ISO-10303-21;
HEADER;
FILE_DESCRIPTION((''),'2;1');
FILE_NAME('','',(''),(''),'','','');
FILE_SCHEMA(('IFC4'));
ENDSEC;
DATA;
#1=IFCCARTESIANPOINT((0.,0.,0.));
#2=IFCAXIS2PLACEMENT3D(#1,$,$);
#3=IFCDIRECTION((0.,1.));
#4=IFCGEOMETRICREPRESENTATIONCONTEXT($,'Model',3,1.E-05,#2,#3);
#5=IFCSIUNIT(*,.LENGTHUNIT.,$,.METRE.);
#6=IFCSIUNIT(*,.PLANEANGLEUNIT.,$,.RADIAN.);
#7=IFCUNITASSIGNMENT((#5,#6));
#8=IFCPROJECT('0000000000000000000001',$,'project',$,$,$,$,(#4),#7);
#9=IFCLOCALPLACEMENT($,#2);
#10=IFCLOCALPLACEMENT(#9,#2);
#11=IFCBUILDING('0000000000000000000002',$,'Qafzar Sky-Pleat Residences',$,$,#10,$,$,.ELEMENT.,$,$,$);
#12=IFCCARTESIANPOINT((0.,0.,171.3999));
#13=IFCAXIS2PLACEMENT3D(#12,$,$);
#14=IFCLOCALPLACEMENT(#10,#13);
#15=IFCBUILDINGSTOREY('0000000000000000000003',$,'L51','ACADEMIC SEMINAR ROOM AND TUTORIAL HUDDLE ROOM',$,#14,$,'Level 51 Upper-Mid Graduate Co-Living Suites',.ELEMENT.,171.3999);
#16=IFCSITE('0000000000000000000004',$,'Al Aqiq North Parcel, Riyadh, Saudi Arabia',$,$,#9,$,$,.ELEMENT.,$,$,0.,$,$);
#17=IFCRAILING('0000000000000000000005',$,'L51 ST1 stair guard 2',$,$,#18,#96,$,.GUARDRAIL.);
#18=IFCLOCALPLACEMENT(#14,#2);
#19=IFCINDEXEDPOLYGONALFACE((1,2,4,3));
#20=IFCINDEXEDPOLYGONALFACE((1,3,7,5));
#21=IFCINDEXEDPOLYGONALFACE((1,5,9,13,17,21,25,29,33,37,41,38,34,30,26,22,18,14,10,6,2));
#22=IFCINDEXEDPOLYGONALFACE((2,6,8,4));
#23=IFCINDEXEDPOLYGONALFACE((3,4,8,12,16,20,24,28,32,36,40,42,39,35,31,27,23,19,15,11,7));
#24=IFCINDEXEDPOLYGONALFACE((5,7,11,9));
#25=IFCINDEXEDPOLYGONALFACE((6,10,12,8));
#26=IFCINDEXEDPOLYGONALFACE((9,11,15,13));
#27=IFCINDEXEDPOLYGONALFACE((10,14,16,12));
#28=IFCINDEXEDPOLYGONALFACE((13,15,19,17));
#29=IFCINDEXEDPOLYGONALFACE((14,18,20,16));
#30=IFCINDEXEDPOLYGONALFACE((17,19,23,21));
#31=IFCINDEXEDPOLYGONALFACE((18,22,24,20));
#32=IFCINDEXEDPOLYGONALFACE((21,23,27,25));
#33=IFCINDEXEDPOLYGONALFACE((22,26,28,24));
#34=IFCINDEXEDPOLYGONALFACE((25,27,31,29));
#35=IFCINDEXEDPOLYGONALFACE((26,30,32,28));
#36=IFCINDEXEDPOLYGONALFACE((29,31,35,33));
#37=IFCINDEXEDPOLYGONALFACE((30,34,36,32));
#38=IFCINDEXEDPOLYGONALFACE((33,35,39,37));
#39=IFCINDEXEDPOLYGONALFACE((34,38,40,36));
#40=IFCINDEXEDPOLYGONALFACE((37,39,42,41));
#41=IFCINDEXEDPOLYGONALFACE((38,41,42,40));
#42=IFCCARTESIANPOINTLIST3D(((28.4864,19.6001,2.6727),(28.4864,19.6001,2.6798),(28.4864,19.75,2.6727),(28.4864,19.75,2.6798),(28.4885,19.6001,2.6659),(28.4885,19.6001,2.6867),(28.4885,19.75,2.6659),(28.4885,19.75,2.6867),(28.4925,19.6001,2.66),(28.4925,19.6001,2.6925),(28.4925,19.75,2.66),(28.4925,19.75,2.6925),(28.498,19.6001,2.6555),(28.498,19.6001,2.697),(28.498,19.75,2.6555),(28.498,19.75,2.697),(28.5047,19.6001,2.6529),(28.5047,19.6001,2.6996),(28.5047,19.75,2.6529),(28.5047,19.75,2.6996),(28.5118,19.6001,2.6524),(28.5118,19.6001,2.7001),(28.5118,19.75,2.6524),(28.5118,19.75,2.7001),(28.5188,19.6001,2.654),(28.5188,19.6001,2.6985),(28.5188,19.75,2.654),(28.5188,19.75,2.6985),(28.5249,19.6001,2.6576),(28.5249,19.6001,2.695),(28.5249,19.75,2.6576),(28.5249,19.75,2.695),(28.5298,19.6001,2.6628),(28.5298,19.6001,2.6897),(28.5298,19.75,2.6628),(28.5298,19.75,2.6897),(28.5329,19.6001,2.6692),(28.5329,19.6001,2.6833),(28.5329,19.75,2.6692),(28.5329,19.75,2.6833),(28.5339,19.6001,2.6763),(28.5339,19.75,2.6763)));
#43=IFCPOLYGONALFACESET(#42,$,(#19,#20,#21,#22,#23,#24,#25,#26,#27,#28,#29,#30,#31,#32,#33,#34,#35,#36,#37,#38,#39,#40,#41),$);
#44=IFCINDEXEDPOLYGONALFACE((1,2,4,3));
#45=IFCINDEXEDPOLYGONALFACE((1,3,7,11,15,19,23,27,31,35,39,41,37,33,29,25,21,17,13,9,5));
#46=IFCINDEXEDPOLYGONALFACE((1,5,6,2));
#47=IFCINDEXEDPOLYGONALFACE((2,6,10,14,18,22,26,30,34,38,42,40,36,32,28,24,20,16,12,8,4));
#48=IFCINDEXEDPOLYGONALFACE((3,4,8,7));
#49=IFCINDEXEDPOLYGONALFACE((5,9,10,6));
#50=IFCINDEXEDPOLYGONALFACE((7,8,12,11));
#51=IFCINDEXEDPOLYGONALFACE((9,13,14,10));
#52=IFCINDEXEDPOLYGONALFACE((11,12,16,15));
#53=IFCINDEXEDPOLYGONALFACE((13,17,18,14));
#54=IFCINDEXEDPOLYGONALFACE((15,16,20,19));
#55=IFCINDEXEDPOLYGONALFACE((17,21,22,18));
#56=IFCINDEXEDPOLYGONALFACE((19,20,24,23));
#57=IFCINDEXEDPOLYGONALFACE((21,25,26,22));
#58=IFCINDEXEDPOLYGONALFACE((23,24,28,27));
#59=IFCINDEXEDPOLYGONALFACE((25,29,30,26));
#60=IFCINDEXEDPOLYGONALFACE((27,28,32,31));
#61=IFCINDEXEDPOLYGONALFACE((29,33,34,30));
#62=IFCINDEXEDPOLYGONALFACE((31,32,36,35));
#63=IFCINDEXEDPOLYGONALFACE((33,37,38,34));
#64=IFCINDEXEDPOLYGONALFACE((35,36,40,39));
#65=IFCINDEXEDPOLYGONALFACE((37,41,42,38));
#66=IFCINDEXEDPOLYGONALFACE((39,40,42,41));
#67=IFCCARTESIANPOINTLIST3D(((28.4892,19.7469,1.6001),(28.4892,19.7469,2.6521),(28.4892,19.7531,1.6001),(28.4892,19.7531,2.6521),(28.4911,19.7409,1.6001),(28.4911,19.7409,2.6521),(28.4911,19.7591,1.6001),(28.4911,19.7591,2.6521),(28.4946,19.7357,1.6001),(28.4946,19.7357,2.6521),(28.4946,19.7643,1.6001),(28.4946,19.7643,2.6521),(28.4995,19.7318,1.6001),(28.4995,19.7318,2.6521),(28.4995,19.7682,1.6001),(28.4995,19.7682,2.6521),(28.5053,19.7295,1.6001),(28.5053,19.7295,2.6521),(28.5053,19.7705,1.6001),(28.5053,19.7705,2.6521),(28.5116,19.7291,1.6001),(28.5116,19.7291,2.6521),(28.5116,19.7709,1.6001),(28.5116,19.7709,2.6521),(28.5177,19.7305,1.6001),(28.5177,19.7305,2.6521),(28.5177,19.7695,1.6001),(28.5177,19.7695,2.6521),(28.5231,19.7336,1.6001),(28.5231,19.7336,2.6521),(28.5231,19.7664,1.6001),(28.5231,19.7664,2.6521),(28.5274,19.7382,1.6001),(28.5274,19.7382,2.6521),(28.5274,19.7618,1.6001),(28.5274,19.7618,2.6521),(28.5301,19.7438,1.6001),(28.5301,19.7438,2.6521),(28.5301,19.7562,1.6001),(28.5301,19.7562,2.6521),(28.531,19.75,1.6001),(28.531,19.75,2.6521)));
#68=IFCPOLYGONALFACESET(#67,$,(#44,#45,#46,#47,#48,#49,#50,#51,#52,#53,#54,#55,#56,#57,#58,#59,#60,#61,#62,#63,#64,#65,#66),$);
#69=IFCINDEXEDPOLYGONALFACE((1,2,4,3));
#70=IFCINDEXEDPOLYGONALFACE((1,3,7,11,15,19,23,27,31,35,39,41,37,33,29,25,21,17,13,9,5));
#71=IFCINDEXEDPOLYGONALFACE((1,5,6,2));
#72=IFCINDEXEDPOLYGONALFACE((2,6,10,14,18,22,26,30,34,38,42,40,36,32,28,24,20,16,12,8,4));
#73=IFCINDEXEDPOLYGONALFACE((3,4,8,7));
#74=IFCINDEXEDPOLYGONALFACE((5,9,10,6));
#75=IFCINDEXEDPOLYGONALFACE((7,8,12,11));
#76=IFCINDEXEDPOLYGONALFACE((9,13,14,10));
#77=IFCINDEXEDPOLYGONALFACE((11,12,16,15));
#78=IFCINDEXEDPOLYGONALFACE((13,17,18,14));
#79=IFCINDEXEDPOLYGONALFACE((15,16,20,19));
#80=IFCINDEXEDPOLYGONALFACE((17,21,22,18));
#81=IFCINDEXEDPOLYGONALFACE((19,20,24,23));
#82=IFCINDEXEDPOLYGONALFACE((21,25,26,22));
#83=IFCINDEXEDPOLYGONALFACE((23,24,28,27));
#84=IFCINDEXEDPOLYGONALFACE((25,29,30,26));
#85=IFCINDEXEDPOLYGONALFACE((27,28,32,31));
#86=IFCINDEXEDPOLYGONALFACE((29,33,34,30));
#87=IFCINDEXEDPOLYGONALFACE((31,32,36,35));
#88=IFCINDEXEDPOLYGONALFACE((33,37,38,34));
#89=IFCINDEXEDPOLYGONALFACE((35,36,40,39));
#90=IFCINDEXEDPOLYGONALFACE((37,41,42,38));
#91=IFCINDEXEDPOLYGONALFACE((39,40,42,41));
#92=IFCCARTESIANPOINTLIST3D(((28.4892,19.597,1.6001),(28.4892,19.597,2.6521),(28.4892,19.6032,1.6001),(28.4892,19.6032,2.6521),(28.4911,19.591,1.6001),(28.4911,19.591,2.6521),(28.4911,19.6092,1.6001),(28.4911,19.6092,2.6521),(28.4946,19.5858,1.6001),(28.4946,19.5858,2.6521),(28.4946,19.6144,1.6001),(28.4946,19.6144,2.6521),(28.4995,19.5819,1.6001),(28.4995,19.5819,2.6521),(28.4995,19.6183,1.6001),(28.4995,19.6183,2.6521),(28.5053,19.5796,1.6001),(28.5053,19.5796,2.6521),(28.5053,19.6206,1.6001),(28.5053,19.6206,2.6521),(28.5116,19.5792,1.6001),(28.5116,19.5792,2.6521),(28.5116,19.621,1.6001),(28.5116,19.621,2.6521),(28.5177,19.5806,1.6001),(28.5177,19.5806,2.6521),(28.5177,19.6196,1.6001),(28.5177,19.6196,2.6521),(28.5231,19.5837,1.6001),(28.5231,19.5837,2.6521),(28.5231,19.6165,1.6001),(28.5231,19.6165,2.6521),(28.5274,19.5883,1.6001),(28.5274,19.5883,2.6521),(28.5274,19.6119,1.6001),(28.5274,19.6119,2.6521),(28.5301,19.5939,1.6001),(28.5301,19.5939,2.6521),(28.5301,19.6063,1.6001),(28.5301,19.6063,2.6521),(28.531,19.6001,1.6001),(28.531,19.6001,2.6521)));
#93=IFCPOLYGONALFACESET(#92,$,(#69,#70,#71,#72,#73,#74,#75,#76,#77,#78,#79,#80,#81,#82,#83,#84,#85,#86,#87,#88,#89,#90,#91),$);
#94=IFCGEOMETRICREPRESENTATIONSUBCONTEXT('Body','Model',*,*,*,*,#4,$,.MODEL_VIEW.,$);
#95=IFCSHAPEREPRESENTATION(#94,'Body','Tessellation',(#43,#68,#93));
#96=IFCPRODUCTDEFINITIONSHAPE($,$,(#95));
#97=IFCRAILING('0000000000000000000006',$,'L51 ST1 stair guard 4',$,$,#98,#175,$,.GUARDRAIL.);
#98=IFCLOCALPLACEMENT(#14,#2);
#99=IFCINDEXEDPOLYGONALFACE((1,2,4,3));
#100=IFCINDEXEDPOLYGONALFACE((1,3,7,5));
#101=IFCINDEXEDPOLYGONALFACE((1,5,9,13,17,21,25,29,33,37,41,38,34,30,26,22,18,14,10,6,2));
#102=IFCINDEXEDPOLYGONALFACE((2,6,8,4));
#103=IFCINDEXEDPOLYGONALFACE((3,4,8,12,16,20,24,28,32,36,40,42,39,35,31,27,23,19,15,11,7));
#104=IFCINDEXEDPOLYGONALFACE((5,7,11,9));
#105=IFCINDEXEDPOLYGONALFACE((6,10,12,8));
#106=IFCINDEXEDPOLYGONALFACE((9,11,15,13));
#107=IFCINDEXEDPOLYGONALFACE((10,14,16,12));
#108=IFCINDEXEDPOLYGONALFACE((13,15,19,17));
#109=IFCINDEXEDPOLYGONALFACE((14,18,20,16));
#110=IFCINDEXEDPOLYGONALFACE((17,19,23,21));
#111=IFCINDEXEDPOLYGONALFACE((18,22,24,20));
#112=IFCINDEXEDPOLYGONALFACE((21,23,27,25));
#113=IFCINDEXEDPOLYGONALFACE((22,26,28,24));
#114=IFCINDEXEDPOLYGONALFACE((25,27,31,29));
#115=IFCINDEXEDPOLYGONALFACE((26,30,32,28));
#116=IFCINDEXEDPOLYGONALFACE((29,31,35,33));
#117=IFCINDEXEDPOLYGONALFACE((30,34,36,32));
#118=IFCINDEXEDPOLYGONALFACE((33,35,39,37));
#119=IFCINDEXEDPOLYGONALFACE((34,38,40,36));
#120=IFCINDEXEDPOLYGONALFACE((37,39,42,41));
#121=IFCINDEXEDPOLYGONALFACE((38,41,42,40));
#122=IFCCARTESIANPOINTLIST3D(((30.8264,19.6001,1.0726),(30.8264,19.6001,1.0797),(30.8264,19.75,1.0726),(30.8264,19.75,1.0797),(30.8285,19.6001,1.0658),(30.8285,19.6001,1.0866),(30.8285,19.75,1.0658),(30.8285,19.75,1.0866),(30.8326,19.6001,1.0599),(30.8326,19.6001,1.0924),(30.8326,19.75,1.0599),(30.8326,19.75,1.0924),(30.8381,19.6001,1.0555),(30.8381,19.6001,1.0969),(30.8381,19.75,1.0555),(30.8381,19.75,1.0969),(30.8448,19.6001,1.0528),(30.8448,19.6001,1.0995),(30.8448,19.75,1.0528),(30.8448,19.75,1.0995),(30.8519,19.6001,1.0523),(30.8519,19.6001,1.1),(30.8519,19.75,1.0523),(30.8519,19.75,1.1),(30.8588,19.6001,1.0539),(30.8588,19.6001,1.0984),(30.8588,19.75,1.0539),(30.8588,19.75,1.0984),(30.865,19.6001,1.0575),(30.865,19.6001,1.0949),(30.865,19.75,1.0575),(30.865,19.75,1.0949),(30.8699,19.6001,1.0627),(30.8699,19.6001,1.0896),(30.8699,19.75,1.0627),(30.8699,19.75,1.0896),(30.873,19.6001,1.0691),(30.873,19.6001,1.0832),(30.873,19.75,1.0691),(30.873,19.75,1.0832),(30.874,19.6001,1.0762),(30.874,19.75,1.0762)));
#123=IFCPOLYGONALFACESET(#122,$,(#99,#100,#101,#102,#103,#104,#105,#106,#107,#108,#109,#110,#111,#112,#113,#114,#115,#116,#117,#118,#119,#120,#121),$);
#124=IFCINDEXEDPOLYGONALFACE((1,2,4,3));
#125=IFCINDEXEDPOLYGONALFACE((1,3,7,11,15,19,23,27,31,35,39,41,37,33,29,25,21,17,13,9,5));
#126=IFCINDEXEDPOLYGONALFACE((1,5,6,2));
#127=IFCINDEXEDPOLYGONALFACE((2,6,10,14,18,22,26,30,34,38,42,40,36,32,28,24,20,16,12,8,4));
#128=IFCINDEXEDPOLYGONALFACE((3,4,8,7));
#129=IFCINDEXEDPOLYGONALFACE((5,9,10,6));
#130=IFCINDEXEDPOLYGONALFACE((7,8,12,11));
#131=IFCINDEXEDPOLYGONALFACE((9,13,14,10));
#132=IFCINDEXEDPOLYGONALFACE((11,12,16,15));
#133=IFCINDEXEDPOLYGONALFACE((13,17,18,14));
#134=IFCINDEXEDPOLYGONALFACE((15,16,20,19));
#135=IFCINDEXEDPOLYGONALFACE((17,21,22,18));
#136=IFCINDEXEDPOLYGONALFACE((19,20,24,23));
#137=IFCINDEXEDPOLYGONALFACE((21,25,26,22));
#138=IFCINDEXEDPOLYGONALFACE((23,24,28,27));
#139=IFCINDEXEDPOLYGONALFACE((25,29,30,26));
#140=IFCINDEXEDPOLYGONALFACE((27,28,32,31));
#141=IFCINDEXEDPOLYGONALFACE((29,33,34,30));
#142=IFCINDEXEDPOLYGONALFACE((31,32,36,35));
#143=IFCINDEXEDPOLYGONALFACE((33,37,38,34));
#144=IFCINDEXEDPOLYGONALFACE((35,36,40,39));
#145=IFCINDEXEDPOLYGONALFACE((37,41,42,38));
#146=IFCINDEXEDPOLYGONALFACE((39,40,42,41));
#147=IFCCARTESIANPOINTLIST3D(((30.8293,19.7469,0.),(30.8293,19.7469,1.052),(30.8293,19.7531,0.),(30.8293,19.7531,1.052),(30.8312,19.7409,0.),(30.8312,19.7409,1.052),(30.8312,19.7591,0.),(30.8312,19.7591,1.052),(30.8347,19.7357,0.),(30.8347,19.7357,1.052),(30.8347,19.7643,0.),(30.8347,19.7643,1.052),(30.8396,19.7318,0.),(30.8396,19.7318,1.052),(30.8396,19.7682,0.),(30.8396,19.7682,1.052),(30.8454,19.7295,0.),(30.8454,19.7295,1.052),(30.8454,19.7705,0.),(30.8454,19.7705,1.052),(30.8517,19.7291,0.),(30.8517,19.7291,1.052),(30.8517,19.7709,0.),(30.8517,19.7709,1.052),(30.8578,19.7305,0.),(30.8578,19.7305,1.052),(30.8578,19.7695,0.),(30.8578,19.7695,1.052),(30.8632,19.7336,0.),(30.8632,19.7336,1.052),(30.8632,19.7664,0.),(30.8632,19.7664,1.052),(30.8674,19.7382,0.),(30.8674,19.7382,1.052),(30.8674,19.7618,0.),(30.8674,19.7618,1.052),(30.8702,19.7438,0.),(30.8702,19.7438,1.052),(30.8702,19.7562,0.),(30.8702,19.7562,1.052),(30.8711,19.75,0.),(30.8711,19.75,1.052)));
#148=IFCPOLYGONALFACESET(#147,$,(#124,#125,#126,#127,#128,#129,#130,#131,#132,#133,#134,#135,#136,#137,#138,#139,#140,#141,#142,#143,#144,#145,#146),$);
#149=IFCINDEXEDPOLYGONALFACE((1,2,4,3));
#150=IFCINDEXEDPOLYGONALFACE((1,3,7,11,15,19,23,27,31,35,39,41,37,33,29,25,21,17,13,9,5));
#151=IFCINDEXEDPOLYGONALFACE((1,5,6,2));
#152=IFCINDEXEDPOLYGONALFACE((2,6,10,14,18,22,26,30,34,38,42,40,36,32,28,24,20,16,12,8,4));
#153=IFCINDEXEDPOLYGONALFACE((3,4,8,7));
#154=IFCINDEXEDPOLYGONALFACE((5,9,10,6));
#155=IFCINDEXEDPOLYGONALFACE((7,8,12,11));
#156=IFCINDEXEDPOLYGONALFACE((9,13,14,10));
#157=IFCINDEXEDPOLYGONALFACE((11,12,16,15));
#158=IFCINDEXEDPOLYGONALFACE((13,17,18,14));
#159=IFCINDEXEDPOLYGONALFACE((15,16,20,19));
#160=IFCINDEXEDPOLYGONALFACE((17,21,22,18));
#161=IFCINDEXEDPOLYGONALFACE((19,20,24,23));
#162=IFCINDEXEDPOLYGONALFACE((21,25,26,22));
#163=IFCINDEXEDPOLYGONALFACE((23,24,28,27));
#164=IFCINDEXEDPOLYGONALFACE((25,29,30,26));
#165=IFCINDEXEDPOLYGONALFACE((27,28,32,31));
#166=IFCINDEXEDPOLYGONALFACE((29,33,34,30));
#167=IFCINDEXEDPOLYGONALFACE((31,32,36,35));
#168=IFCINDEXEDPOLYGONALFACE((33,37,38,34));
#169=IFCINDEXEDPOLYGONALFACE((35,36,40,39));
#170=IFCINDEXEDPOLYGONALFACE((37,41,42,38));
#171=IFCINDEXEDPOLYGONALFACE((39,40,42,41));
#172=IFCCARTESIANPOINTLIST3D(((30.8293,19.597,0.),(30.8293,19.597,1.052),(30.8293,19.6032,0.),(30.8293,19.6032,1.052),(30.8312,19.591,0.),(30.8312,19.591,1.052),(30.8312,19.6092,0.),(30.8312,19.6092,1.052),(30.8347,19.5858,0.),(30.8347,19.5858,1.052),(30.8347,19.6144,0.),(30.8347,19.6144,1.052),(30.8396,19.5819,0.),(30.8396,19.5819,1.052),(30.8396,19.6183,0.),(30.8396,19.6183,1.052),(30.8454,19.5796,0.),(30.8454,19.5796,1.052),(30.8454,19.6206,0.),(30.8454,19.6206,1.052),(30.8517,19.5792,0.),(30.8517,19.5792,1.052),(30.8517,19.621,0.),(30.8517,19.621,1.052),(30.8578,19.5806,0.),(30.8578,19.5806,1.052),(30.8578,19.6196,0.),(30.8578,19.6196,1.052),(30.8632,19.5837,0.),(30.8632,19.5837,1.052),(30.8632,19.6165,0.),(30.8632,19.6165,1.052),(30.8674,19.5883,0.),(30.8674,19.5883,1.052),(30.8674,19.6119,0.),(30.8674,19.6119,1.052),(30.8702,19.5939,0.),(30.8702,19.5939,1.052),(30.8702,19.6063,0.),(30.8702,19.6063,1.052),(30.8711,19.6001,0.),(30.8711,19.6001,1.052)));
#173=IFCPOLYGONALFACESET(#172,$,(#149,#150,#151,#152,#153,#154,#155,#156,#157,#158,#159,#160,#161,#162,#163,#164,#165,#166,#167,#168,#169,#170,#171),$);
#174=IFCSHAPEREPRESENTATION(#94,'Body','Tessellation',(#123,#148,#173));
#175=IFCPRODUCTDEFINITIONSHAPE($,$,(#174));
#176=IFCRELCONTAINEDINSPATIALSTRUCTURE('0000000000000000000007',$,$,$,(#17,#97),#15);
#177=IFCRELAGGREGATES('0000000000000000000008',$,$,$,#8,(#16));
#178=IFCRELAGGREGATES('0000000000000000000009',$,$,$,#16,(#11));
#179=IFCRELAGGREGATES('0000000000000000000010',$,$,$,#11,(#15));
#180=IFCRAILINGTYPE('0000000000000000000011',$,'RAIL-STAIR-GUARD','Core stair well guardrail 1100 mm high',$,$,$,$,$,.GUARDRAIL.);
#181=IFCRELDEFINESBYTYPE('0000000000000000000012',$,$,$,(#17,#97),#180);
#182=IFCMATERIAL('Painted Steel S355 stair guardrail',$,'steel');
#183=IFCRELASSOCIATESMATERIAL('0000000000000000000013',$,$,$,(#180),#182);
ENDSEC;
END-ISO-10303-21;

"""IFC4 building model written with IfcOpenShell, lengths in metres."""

from ifc_helpers import new_model, si_unit, direction, frame, origin, origin_2d, place, context, subcontext, project, spatial, circle, extrude, source, transform, mapped, material, type_object, element, save


model = new_model("IFC4")

# Units and contexts
model_context = context("Model", 3, precision=1e-05, world=origin(), true_north=direction((0.0, 1.0)))
body_context = subcontext(model_context, "Body", "Model", "MODEL_VIEW")
ifc_project = project(units=[si_unit("LENGTHUNIT", "METRE"), si_unit("PLANEANGLEUNIT", "RADIAN")], contexts=[model_context])

# Site, building, storey
site_placement = place(None, origin())
site = spatial("IfcSite", under=ifc_project, at=site_placement, Name="Al Aqiq North Parcel, Riyadh, Saudi Arabia", CompositionType="ELEMENT", RefElevation=0.0)
building_placement = place(site_placement, origin())
building = spatial("IfcBuilding", under=site, at=building_placement, Name="Qafzar Sky-Pleat Residences", CompositionType="ELEMENT")
storey_placement = place(building_placement, frame((0.0, 0.0, 171.3999)))
storey = spatial("IfcBuildingStorey", under=building, at=storey_placement, Name="L51", Description="ACADEMIC SEMINAR ROOM AND TUTORIAL HUDDLE ROOM", LongName="Level 51 Upper-Mid Graduate Co-Living Suites", CompositionType="ELEMENT", Elevation=171.3999)

# Railings
ifc_material_1 = material(Name="Painted Steel S355 stair guardrail", Category="steel")
railing_type_1 = type_object("IfcRailingType", Name="RAIL-STAIR-GUARD", Description="Core stair well guardrail 1100 mm high", PredefinedType="GUARDRAIL", material=ifc_material_1)
shared_shape_1 = source(origin(), body_context, "Body", "SweptSolid", [
    extrude(circle(Radius=0.0239, at=origin_2d()), frame((0.0, 0.0, 1.0762), z_axis=(0.0, -1.0, 0.0), x_axis=(1.0, 0.0, 0.0)), (0.0, 0.0, 1.0), 0.1499),
    extrude(circle(Radius=0.021, at=origin_2d()), origin(), (0.0, 0.0, 1.0), 1.052),
    extrude(circle(Radius=0.021, at=origin_2d()), frame((0.0, -0.1499, 0.0)), (0.0, 0.0, 1.0), 1.052),
])
for number, where, name in (
    (1, (28.51, 19.75, 1.6001), "L51 ST1 stair guard 2"),
    (2, (30.8501, 19.75, 0.0), "L51 ST1 stair guard 4"),
):
    element("IfcRailing", number, at=place(storey_placement, frame(where)), inside=storey, type_object=railing_type_1, Name=name, PredefinedType="GUARDRAIL", context=body_context, shape_type="MappedRepresentation", body=[
        mapped(shared_shape_1, transform((0.0, 0.0, 0.0), x_axis=(1.0, 0.0, 0.0), y_axis=(0.0, 1.0, 0.0), z_axis=(0.0, 0.0, 1.0), scale=1.0)),
    ])

save(model, "model.ifc")
